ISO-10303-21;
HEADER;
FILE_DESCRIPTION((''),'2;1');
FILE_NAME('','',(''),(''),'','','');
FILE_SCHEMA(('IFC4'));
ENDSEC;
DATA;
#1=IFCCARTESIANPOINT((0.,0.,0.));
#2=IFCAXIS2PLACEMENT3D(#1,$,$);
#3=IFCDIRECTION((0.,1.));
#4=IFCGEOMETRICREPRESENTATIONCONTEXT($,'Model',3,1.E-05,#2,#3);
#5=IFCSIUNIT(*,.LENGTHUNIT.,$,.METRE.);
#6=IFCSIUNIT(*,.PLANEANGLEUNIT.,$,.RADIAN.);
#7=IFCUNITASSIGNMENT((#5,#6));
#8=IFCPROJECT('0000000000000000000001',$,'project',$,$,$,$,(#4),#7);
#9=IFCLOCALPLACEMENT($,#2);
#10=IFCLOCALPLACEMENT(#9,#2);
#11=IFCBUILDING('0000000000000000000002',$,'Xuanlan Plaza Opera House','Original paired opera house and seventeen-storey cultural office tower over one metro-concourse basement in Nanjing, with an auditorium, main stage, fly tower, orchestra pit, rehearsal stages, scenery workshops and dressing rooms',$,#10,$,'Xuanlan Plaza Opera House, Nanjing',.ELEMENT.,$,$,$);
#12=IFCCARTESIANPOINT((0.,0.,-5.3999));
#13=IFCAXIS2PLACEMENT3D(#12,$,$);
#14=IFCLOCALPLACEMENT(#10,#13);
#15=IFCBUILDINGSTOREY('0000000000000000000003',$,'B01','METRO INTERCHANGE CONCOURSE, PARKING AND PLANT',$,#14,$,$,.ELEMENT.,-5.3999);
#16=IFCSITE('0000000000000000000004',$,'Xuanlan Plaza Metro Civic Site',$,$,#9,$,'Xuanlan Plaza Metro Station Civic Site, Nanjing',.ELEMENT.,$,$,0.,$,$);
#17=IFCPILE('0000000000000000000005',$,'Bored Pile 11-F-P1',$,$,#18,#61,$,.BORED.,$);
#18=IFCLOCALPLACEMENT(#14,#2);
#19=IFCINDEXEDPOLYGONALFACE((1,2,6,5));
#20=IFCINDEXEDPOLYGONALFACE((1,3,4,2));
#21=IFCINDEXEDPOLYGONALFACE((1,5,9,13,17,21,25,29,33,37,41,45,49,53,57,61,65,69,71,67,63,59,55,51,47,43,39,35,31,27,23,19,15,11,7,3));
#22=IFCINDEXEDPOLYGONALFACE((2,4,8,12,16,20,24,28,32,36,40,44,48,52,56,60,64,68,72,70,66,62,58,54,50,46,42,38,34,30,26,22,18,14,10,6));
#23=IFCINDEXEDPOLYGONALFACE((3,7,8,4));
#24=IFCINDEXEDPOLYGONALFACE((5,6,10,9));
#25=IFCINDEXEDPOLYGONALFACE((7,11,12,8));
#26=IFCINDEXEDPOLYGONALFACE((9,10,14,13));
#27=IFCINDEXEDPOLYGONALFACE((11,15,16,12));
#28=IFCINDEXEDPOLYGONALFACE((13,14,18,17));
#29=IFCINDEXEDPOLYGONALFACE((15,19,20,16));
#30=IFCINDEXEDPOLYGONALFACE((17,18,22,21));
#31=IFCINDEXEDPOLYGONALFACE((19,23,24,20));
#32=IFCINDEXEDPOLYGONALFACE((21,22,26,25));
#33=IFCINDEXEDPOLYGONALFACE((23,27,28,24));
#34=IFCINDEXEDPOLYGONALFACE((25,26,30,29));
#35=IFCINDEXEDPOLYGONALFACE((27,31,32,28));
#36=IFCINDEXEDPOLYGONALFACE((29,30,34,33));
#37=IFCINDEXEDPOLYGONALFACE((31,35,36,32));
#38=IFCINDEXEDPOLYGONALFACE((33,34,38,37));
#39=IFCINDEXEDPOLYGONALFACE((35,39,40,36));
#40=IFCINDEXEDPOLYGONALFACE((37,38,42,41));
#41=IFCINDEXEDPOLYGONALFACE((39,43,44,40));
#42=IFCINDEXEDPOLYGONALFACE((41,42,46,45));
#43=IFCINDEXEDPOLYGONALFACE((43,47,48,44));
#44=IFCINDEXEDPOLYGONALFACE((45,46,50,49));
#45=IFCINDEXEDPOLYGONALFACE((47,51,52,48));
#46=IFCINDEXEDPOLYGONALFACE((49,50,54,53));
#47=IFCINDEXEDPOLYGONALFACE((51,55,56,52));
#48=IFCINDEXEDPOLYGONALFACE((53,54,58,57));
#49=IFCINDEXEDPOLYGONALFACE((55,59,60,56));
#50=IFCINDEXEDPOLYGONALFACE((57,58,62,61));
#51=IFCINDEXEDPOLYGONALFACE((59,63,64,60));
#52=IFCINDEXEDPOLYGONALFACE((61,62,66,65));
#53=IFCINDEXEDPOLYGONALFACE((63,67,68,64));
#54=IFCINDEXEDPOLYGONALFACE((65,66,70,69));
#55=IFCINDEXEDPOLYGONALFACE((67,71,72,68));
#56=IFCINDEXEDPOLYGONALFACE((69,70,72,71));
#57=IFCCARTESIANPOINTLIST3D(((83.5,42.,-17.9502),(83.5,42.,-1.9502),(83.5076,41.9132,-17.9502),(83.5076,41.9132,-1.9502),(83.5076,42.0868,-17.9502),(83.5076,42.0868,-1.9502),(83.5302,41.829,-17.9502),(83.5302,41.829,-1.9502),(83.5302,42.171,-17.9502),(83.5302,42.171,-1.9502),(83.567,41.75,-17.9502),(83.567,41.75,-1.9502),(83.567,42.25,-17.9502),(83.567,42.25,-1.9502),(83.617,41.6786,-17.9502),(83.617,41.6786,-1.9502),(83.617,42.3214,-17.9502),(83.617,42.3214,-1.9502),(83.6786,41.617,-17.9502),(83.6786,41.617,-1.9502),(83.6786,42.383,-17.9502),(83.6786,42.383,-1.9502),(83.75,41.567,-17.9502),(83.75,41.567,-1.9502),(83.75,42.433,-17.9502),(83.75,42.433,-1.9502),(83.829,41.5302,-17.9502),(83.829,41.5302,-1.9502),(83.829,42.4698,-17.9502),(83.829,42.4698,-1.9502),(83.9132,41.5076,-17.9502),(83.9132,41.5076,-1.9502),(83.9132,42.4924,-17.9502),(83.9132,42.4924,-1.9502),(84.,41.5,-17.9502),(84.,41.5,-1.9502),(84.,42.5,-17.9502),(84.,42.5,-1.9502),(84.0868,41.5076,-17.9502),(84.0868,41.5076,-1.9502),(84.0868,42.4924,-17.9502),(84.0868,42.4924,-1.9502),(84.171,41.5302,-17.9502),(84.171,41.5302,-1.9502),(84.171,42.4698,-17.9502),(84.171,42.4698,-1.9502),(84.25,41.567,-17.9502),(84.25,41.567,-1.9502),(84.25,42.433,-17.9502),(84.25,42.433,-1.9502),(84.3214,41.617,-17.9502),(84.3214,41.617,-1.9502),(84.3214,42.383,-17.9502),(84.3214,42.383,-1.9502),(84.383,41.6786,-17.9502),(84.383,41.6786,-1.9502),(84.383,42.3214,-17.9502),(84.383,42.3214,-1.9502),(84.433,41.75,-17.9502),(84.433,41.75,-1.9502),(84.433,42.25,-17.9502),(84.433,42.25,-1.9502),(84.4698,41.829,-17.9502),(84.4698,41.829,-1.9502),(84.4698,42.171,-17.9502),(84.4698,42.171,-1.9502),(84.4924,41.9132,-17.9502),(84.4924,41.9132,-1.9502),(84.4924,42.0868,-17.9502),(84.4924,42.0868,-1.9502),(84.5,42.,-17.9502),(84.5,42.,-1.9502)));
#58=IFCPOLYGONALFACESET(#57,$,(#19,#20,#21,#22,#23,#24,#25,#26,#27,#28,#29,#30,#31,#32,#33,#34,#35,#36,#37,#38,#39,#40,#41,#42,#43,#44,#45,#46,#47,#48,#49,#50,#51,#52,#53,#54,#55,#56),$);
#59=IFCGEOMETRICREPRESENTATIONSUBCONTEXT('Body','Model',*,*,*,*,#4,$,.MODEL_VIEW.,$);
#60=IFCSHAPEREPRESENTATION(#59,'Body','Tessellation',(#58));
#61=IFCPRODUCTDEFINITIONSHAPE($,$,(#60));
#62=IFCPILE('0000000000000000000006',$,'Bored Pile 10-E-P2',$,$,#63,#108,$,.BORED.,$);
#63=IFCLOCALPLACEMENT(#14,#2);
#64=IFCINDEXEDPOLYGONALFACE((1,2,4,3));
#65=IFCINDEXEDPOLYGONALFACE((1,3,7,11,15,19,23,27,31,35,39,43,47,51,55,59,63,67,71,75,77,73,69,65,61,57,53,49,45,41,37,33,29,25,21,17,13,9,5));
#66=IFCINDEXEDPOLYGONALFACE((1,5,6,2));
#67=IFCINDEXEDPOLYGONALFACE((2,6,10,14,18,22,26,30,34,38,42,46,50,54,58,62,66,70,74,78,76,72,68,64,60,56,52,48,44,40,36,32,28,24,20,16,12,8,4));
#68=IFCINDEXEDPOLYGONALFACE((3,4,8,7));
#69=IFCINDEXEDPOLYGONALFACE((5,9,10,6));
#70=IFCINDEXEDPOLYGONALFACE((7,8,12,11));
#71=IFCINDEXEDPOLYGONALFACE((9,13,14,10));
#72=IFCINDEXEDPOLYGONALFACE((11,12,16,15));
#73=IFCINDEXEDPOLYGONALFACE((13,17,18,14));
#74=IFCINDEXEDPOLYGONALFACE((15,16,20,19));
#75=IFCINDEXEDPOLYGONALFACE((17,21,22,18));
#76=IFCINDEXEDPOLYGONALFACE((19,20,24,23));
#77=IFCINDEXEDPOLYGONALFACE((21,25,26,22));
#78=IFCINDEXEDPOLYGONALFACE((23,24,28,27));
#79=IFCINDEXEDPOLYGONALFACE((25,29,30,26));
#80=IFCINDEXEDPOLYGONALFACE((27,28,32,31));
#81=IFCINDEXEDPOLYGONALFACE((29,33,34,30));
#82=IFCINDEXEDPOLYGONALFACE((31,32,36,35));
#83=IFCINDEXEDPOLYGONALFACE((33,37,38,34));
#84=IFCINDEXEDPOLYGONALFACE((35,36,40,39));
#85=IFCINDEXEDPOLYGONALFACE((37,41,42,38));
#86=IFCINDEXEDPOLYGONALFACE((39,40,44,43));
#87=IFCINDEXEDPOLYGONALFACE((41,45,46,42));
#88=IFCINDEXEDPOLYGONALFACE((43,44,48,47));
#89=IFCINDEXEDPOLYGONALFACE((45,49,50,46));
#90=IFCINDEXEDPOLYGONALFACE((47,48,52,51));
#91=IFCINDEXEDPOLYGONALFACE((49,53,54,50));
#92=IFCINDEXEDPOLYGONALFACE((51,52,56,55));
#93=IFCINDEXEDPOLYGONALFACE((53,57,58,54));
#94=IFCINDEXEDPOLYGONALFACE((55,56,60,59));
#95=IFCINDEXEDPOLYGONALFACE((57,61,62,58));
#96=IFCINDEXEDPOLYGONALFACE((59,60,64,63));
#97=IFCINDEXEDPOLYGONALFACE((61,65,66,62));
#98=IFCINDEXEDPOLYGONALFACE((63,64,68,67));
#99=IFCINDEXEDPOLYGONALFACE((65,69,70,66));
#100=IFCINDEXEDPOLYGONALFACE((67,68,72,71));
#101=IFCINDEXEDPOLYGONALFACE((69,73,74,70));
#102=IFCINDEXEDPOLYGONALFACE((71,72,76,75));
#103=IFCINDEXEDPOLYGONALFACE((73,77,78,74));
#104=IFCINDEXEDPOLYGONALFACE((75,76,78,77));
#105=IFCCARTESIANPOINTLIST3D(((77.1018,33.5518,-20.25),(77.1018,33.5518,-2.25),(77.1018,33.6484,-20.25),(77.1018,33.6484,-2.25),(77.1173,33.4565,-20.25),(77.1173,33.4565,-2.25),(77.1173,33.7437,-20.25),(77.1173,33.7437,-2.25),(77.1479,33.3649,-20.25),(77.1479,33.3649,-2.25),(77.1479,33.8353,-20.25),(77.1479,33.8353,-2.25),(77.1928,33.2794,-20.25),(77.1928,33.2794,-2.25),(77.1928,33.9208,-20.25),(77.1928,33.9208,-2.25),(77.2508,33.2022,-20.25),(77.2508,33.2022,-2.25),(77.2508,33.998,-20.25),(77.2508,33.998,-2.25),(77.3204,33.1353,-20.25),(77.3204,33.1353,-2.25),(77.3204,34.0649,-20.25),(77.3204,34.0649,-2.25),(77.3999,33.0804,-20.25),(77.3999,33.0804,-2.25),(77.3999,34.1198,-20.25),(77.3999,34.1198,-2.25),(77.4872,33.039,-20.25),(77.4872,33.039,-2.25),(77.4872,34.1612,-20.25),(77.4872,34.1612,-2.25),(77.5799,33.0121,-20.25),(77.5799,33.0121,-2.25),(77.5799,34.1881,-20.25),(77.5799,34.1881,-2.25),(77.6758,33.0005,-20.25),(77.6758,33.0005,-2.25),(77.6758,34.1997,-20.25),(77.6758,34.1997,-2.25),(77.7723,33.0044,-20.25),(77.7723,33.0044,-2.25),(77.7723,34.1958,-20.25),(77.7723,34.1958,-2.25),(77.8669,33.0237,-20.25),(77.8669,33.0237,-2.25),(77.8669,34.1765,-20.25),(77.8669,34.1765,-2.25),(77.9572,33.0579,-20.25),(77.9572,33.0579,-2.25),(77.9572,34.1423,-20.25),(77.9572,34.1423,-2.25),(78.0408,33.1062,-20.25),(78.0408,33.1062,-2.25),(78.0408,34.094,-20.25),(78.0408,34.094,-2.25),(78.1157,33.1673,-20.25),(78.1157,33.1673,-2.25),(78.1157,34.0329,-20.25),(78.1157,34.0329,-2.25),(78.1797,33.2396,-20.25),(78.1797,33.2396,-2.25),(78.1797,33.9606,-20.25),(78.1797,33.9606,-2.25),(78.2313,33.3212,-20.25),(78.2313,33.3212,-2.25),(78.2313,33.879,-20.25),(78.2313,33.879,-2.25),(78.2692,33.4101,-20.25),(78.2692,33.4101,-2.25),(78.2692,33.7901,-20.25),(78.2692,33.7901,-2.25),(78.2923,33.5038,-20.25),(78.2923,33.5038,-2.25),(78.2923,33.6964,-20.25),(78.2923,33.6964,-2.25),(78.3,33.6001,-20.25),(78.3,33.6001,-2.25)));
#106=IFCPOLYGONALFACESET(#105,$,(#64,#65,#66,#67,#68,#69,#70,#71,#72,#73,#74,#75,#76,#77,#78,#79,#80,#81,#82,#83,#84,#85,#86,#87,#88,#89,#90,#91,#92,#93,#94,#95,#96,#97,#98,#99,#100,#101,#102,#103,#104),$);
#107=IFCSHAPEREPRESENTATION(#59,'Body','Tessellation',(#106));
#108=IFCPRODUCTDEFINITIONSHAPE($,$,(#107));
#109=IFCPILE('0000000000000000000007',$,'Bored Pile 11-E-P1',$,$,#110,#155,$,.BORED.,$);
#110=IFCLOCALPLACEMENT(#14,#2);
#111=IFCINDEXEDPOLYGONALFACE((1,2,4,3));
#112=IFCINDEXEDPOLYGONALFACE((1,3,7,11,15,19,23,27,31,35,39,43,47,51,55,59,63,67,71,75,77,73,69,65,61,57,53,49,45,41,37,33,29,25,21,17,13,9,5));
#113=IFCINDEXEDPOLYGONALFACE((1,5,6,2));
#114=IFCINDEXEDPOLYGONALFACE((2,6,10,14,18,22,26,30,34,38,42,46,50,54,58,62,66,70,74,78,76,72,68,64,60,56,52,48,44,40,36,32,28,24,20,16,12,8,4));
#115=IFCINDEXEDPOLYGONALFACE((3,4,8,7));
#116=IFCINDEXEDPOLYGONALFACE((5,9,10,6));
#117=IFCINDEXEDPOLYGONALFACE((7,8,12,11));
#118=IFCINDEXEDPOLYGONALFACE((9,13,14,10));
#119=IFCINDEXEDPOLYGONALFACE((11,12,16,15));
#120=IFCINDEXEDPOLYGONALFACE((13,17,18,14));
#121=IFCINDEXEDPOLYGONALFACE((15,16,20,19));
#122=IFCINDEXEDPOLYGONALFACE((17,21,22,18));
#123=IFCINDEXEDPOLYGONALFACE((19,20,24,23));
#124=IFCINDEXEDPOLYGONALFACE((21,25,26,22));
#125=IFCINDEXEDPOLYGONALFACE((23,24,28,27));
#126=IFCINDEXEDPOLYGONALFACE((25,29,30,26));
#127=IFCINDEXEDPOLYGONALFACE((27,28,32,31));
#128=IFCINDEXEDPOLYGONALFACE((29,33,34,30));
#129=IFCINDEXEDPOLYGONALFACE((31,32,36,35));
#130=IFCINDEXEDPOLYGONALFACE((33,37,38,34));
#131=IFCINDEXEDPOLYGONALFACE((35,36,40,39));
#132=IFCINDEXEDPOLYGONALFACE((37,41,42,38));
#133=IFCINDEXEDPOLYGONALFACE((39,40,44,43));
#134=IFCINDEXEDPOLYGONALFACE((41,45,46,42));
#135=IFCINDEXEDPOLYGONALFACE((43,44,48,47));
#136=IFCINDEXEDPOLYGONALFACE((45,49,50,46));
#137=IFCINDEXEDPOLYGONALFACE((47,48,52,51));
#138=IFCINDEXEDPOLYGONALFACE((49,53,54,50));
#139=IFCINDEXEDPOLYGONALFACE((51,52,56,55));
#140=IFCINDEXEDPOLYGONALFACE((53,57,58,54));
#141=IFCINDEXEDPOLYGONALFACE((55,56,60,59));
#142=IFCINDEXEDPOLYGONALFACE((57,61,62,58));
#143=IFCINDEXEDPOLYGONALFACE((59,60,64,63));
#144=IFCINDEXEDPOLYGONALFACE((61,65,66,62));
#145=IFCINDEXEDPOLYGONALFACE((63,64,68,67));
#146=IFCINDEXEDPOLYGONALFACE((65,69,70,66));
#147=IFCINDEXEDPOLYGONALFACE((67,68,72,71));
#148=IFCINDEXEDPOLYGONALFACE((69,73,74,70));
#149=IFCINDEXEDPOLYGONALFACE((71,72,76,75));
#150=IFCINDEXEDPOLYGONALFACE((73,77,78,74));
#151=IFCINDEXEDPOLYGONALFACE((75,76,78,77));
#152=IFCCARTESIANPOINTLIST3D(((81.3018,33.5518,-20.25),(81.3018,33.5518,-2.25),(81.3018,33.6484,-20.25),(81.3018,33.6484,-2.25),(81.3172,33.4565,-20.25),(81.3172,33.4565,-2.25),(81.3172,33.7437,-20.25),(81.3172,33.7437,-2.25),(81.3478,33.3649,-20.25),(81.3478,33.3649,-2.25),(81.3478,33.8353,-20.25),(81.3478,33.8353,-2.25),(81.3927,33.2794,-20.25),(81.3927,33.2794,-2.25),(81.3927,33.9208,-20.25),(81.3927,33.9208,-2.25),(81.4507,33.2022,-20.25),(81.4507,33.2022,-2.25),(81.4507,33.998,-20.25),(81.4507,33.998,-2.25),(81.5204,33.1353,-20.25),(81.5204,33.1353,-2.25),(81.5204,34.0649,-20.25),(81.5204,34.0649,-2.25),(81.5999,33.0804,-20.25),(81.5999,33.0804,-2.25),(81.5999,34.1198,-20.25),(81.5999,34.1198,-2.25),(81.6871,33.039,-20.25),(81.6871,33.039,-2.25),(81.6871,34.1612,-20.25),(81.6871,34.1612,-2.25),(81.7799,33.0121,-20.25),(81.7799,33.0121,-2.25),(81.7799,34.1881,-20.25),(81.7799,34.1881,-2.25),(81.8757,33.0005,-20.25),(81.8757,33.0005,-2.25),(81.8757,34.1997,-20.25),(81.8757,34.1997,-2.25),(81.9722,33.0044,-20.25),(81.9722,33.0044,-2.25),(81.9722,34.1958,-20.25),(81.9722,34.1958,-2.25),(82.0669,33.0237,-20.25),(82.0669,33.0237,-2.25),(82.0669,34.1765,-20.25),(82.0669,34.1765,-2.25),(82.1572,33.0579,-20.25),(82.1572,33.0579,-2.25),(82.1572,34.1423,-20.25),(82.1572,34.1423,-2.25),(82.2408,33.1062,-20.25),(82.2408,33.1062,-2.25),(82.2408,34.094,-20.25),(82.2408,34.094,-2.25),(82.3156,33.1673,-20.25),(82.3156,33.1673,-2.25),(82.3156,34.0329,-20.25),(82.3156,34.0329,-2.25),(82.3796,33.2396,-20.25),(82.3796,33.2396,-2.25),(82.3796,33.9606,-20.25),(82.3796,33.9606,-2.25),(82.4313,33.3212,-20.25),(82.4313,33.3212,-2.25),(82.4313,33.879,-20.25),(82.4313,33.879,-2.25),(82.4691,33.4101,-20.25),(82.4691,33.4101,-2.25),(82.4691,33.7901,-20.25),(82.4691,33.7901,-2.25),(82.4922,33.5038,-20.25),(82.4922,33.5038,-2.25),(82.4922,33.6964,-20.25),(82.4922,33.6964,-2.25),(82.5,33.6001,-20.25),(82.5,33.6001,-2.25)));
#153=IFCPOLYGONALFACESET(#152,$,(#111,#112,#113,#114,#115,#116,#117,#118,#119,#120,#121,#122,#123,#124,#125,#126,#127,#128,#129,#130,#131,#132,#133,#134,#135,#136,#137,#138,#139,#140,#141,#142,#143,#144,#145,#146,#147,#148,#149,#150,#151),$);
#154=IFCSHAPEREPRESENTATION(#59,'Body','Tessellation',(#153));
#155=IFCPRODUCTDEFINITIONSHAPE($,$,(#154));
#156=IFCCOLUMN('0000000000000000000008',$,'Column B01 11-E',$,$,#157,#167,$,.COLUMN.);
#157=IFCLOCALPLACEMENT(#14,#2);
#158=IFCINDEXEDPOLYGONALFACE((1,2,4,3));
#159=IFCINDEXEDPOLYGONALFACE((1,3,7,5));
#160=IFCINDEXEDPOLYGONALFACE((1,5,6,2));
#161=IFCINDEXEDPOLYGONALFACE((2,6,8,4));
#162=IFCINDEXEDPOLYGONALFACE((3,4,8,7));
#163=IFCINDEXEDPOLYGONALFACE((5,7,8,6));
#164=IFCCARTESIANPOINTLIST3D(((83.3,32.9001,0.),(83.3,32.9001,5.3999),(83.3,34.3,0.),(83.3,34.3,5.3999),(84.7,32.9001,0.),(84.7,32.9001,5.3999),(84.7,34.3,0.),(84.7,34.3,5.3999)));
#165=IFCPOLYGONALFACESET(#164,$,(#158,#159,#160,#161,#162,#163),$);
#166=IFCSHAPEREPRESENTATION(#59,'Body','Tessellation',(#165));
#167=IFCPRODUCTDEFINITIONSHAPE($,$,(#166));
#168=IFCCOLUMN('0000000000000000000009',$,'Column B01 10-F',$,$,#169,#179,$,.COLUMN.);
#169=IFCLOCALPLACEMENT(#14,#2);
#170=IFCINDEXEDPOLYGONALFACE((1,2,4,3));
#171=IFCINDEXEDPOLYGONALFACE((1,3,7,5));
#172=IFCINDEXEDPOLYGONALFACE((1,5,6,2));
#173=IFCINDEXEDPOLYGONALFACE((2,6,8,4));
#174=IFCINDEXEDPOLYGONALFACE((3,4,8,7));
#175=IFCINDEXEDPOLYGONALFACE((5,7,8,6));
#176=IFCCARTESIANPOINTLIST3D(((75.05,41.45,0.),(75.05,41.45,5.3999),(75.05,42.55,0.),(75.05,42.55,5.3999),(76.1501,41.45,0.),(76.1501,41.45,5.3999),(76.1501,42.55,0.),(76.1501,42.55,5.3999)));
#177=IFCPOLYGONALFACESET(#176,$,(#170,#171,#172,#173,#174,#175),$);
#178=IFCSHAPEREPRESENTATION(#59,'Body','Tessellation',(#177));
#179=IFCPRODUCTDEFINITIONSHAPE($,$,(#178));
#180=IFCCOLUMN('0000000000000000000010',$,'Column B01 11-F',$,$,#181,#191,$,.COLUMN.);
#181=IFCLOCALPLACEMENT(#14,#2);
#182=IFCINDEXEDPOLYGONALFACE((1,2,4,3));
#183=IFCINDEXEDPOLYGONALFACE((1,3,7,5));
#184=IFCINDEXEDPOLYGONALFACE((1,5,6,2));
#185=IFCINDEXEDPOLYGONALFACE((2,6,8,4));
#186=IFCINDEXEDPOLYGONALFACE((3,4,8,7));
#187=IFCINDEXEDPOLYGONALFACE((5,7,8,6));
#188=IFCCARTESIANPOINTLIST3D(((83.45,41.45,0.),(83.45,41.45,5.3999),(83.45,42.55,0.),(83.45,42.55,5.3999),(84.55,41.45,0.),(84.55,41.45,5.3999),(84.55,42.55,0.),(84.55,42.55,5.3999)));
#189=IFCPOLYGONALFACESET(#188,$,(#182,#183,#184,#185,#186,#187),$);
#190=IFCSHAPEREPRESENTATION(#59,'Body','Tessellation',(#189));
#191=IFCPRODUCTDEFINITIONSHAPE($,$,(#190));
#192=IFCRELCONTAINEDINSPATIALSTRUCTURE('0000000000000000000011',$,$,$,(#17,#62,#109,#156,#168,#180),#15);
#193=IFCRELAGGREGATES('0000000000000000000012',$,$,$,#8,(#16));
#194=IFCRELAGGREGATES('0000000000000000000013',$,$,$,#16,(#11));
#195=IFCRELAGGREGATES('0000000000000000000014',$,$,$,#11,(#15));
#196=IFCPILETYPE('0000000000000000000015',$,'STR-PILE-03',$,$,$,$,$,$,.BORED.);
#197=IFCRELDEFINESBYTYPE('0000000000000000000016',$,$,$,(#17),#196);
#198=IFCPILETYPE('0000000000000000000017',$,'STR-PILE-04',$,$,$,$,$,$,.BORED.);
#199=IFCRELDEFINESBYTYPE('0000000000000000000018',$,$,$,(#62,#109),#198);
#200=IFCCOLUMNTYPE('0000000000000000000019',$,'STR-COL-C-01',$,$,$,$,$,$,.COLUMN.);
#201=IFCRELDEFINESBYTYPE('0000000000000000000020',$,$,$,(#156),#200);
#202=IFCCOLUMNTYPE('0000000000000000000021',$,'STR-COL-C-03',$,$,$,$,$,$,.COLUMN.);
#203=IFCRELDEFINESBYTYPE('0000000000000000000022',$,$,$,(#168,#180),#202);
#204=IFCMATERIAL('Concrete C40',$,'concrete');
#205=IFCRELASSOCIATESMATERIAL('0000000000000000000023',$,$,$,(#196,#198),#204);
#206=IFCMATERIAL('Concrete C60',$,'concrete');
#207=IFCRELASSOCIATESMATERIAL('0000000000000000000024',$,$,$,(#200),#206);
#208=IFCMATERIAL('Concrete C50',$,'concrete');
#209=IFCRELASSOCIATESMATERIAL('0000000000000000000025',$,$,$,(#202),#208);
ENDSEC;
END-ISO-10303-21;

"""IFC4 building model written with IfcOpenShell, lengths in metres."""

from ifc_helpers import new_model, si_unit, direction, frame, origin, origin_2d, place, context, subcontext, project, spatial, rectangle, circle, extrude, material, material_profile, profile_set, type_object, element, save


model = new_model("IFC4")

# Units and contexts
model_context = context("Model", 3, precision=1e-05, world=origin(), true_north=direction((0.0, 1.0)))
body_context = subcontext(model_context, "Body", "Model", "MODEL_VIEW")
ifc_project = project(units=[si_unit("LENGTHUNIT", "METRE"), si_unit("PLANEANGLEUNIT", "RADIAN")], contexts=[model_context])

# Site, building, storey
site_placement = place(None, origin())
site = spatial("IfcSite", under=ifc_project, at=site_placement, Name="Xuanlan Plaza Metro Civic Site", LongName="Xuanlan Plaza Metro Station Civic Site, Nanjing", CompositionType="ELEMENT", RefElevation=0.0)
building_placement = place(site_placement, origin())
building = spatial("IfcBuilding", under=site, at=building_placement, Name="Xuanlan Plaza Opera House", Description="Original paired opera house and seventeen-storey cultural office tower over one metro-concourse basement in Nanjing, with an auditorium, main stage, fly tower, orchestra pit, rehearsal stages, scenery workshops and dressing rooms", LongName="Xuanlan Plaza Opera House, Nanjing", CompositionType="ELEMENT")
storey_placement = place(building_placement, frame((0.0, 0.0, -5.3999)))
storey = spatial("IfcBuildingStorey", under=building, at=storey_placement, Name="B01", Description="METRO INTERCHANGE CONCOURSE, PARKING AND PLANT", CompositionType="ELEMENT", Elevation=-5.3999)

# Shared definitions
ifc_material_1 = material(Name="Concrete C40", Category="concrete")
ifc_material_2 = material(Name="Concrete C50", Category="concrete")

# Piles
ifc_material_profile_1 = material_profile(ifc_material_1, circle(Radius=0.5, at=origin_2d()), Name="PILE D1000")
ifc_profile_set_1 = profile_set([ifc_material_profile_1], Name="Concrete C40")
pile_type_1 = type_object("IfcPileType", Name="STR-PILE-03", PredefinedType="BORED", material=ifc_profile_set_1)
pile_1_placement = place(storey_placement, frame((84.0, 42.0, -1.9502), z_axis=(0.0, 0.0, -1.0), x_axis=(1.0, 0.0, 0.0)))
element("IfcPile", 1, at=pile_1_placement, inside=storey, type_object=pile_type_1, Name="Bored Pile 11-F-P1", PredefinedType="BORED", context=body_context, shape_type="SweptSolid", body=[
    extrude(circle(Radius=0.5, at=origin_2d()), origin(), (0.0, 0.0, 1.0), 16.0),
])
ifc_material_profile_2 = material_profile(ifc_material_1, circle(Radius=0.6001, at=origin_2d()), Name="PILE D1200")
ifc_profile_set_2 = profile_set([ifc_material_profile_2], Name="Concrete C40")
pile_type_2 = type_object("IfcPileType", Name="STR-PILE-04", PredefinedType="BORED", material=ifc_profile_set_2)
for number, where, z_axis, x_axis, name in (
    (2, (77.7, 33.6001, -2.25), (0.0, 0.0, -1.0), (1.0, 0.0, 0.0), "Bored Pile 10-E-P2"),
    (3, (81.8999, 33.6001, -2.25), (0.0, 0.0, -1.0), (1.0, 0.0, 0.0), "Bored Pile 11-E-P1"),
):
    element("IfcPile", number, at=place(storey_placement, frame(where, z_axis=z_axis, x_axis=x_axis)), inside=storey, type_object=pile_type_2, Name=name, PredefinedType="BORED", context=body_context, shape_type="SweptSolid", body=[
        extrude(circle(Radius=0.6001, at=origin_2d()), origin(), (0.0, 0.0, 1.0), 18.0),
    ])

# Columns
ifc_material_3 = material(Name="Concrete C60", Category="concrete")
ifc_material_profile_3 = material_profile(ifc_material_3, rectangle(XDim=1.3999, YDim=1.3999, at=origin_2d()), Name="RC-COL 1400x1400")
ifc_profile_set_3 = profile_set([ifc_material_profile_3], Name="Concrete C60")
column_type_1 = type_object("IfcColumnType", Name="STR-COL-C-01", PredefinedType="COLUMN", material=ifc_profile_set_3)
column_1_placement = place(storey_placement, frame((84.0, 33.6001, 0.0), z_axis=(0.0, 0.0, 1.0), x_axis=(1.0, 0.0, 0.0)))
element("IfcColumn", 4, at=column_1_placement, inside=storey, type_object=column_type_1, Name="Column B01 11-E", PredefinedType="COLUMN", context=body_context, shape_type="SweptSolid", body=[
    extrude(rectangle(XDim=1.3999, YDim=1.3999, at=origin_2d()), origin(), (0.0, 0.0, 1.0), 5.3999),
])
ifc_material_profile_4 = material_profile(ifc_material_2, rectangle(XDim=1.1001, YDim=1.1001, at=origin_2d()), Name="RC-COL 1100x1100")
ifc_profile_set_4 = profile_set([ifc_material_profile_4], Name="Concrete C50")
column_type_2 = type_object("IfcColumnType", Name="STR-COL-C-03", PredefinedType="COLUMN", material=ifc_profile_set_4)
for number, where, z_axis, x_axis, name in (
    (5, (75.6001, 42.0, 0.0), (0.0, 0.0, 1.0), (1.0, 0.0, 0.0), "Column B01 10-F"),
    (6, (84.0, 42.0, 0.0), (0.0, 0.0, 1.0), (1.0, 0.0, 0.0), "Column B01 11-F"),
):
    element("IfcColumn", number, at=place(storey_placement, frame(where, z_axis=z_axis, x_axis=x_axis)), inside=storey, type_object=column_type_2, Name=name, PredefinedType="COLUMN", context=body_context, shape_type="SweptSolid", body=[
        extrude(rectangle(XDim=1.1001, YDim=1.1001, at=origin_2d()), origin(), (0.0, 0.0, 1.0), 5.3999),
    ])

save(model, "model.ifc")
